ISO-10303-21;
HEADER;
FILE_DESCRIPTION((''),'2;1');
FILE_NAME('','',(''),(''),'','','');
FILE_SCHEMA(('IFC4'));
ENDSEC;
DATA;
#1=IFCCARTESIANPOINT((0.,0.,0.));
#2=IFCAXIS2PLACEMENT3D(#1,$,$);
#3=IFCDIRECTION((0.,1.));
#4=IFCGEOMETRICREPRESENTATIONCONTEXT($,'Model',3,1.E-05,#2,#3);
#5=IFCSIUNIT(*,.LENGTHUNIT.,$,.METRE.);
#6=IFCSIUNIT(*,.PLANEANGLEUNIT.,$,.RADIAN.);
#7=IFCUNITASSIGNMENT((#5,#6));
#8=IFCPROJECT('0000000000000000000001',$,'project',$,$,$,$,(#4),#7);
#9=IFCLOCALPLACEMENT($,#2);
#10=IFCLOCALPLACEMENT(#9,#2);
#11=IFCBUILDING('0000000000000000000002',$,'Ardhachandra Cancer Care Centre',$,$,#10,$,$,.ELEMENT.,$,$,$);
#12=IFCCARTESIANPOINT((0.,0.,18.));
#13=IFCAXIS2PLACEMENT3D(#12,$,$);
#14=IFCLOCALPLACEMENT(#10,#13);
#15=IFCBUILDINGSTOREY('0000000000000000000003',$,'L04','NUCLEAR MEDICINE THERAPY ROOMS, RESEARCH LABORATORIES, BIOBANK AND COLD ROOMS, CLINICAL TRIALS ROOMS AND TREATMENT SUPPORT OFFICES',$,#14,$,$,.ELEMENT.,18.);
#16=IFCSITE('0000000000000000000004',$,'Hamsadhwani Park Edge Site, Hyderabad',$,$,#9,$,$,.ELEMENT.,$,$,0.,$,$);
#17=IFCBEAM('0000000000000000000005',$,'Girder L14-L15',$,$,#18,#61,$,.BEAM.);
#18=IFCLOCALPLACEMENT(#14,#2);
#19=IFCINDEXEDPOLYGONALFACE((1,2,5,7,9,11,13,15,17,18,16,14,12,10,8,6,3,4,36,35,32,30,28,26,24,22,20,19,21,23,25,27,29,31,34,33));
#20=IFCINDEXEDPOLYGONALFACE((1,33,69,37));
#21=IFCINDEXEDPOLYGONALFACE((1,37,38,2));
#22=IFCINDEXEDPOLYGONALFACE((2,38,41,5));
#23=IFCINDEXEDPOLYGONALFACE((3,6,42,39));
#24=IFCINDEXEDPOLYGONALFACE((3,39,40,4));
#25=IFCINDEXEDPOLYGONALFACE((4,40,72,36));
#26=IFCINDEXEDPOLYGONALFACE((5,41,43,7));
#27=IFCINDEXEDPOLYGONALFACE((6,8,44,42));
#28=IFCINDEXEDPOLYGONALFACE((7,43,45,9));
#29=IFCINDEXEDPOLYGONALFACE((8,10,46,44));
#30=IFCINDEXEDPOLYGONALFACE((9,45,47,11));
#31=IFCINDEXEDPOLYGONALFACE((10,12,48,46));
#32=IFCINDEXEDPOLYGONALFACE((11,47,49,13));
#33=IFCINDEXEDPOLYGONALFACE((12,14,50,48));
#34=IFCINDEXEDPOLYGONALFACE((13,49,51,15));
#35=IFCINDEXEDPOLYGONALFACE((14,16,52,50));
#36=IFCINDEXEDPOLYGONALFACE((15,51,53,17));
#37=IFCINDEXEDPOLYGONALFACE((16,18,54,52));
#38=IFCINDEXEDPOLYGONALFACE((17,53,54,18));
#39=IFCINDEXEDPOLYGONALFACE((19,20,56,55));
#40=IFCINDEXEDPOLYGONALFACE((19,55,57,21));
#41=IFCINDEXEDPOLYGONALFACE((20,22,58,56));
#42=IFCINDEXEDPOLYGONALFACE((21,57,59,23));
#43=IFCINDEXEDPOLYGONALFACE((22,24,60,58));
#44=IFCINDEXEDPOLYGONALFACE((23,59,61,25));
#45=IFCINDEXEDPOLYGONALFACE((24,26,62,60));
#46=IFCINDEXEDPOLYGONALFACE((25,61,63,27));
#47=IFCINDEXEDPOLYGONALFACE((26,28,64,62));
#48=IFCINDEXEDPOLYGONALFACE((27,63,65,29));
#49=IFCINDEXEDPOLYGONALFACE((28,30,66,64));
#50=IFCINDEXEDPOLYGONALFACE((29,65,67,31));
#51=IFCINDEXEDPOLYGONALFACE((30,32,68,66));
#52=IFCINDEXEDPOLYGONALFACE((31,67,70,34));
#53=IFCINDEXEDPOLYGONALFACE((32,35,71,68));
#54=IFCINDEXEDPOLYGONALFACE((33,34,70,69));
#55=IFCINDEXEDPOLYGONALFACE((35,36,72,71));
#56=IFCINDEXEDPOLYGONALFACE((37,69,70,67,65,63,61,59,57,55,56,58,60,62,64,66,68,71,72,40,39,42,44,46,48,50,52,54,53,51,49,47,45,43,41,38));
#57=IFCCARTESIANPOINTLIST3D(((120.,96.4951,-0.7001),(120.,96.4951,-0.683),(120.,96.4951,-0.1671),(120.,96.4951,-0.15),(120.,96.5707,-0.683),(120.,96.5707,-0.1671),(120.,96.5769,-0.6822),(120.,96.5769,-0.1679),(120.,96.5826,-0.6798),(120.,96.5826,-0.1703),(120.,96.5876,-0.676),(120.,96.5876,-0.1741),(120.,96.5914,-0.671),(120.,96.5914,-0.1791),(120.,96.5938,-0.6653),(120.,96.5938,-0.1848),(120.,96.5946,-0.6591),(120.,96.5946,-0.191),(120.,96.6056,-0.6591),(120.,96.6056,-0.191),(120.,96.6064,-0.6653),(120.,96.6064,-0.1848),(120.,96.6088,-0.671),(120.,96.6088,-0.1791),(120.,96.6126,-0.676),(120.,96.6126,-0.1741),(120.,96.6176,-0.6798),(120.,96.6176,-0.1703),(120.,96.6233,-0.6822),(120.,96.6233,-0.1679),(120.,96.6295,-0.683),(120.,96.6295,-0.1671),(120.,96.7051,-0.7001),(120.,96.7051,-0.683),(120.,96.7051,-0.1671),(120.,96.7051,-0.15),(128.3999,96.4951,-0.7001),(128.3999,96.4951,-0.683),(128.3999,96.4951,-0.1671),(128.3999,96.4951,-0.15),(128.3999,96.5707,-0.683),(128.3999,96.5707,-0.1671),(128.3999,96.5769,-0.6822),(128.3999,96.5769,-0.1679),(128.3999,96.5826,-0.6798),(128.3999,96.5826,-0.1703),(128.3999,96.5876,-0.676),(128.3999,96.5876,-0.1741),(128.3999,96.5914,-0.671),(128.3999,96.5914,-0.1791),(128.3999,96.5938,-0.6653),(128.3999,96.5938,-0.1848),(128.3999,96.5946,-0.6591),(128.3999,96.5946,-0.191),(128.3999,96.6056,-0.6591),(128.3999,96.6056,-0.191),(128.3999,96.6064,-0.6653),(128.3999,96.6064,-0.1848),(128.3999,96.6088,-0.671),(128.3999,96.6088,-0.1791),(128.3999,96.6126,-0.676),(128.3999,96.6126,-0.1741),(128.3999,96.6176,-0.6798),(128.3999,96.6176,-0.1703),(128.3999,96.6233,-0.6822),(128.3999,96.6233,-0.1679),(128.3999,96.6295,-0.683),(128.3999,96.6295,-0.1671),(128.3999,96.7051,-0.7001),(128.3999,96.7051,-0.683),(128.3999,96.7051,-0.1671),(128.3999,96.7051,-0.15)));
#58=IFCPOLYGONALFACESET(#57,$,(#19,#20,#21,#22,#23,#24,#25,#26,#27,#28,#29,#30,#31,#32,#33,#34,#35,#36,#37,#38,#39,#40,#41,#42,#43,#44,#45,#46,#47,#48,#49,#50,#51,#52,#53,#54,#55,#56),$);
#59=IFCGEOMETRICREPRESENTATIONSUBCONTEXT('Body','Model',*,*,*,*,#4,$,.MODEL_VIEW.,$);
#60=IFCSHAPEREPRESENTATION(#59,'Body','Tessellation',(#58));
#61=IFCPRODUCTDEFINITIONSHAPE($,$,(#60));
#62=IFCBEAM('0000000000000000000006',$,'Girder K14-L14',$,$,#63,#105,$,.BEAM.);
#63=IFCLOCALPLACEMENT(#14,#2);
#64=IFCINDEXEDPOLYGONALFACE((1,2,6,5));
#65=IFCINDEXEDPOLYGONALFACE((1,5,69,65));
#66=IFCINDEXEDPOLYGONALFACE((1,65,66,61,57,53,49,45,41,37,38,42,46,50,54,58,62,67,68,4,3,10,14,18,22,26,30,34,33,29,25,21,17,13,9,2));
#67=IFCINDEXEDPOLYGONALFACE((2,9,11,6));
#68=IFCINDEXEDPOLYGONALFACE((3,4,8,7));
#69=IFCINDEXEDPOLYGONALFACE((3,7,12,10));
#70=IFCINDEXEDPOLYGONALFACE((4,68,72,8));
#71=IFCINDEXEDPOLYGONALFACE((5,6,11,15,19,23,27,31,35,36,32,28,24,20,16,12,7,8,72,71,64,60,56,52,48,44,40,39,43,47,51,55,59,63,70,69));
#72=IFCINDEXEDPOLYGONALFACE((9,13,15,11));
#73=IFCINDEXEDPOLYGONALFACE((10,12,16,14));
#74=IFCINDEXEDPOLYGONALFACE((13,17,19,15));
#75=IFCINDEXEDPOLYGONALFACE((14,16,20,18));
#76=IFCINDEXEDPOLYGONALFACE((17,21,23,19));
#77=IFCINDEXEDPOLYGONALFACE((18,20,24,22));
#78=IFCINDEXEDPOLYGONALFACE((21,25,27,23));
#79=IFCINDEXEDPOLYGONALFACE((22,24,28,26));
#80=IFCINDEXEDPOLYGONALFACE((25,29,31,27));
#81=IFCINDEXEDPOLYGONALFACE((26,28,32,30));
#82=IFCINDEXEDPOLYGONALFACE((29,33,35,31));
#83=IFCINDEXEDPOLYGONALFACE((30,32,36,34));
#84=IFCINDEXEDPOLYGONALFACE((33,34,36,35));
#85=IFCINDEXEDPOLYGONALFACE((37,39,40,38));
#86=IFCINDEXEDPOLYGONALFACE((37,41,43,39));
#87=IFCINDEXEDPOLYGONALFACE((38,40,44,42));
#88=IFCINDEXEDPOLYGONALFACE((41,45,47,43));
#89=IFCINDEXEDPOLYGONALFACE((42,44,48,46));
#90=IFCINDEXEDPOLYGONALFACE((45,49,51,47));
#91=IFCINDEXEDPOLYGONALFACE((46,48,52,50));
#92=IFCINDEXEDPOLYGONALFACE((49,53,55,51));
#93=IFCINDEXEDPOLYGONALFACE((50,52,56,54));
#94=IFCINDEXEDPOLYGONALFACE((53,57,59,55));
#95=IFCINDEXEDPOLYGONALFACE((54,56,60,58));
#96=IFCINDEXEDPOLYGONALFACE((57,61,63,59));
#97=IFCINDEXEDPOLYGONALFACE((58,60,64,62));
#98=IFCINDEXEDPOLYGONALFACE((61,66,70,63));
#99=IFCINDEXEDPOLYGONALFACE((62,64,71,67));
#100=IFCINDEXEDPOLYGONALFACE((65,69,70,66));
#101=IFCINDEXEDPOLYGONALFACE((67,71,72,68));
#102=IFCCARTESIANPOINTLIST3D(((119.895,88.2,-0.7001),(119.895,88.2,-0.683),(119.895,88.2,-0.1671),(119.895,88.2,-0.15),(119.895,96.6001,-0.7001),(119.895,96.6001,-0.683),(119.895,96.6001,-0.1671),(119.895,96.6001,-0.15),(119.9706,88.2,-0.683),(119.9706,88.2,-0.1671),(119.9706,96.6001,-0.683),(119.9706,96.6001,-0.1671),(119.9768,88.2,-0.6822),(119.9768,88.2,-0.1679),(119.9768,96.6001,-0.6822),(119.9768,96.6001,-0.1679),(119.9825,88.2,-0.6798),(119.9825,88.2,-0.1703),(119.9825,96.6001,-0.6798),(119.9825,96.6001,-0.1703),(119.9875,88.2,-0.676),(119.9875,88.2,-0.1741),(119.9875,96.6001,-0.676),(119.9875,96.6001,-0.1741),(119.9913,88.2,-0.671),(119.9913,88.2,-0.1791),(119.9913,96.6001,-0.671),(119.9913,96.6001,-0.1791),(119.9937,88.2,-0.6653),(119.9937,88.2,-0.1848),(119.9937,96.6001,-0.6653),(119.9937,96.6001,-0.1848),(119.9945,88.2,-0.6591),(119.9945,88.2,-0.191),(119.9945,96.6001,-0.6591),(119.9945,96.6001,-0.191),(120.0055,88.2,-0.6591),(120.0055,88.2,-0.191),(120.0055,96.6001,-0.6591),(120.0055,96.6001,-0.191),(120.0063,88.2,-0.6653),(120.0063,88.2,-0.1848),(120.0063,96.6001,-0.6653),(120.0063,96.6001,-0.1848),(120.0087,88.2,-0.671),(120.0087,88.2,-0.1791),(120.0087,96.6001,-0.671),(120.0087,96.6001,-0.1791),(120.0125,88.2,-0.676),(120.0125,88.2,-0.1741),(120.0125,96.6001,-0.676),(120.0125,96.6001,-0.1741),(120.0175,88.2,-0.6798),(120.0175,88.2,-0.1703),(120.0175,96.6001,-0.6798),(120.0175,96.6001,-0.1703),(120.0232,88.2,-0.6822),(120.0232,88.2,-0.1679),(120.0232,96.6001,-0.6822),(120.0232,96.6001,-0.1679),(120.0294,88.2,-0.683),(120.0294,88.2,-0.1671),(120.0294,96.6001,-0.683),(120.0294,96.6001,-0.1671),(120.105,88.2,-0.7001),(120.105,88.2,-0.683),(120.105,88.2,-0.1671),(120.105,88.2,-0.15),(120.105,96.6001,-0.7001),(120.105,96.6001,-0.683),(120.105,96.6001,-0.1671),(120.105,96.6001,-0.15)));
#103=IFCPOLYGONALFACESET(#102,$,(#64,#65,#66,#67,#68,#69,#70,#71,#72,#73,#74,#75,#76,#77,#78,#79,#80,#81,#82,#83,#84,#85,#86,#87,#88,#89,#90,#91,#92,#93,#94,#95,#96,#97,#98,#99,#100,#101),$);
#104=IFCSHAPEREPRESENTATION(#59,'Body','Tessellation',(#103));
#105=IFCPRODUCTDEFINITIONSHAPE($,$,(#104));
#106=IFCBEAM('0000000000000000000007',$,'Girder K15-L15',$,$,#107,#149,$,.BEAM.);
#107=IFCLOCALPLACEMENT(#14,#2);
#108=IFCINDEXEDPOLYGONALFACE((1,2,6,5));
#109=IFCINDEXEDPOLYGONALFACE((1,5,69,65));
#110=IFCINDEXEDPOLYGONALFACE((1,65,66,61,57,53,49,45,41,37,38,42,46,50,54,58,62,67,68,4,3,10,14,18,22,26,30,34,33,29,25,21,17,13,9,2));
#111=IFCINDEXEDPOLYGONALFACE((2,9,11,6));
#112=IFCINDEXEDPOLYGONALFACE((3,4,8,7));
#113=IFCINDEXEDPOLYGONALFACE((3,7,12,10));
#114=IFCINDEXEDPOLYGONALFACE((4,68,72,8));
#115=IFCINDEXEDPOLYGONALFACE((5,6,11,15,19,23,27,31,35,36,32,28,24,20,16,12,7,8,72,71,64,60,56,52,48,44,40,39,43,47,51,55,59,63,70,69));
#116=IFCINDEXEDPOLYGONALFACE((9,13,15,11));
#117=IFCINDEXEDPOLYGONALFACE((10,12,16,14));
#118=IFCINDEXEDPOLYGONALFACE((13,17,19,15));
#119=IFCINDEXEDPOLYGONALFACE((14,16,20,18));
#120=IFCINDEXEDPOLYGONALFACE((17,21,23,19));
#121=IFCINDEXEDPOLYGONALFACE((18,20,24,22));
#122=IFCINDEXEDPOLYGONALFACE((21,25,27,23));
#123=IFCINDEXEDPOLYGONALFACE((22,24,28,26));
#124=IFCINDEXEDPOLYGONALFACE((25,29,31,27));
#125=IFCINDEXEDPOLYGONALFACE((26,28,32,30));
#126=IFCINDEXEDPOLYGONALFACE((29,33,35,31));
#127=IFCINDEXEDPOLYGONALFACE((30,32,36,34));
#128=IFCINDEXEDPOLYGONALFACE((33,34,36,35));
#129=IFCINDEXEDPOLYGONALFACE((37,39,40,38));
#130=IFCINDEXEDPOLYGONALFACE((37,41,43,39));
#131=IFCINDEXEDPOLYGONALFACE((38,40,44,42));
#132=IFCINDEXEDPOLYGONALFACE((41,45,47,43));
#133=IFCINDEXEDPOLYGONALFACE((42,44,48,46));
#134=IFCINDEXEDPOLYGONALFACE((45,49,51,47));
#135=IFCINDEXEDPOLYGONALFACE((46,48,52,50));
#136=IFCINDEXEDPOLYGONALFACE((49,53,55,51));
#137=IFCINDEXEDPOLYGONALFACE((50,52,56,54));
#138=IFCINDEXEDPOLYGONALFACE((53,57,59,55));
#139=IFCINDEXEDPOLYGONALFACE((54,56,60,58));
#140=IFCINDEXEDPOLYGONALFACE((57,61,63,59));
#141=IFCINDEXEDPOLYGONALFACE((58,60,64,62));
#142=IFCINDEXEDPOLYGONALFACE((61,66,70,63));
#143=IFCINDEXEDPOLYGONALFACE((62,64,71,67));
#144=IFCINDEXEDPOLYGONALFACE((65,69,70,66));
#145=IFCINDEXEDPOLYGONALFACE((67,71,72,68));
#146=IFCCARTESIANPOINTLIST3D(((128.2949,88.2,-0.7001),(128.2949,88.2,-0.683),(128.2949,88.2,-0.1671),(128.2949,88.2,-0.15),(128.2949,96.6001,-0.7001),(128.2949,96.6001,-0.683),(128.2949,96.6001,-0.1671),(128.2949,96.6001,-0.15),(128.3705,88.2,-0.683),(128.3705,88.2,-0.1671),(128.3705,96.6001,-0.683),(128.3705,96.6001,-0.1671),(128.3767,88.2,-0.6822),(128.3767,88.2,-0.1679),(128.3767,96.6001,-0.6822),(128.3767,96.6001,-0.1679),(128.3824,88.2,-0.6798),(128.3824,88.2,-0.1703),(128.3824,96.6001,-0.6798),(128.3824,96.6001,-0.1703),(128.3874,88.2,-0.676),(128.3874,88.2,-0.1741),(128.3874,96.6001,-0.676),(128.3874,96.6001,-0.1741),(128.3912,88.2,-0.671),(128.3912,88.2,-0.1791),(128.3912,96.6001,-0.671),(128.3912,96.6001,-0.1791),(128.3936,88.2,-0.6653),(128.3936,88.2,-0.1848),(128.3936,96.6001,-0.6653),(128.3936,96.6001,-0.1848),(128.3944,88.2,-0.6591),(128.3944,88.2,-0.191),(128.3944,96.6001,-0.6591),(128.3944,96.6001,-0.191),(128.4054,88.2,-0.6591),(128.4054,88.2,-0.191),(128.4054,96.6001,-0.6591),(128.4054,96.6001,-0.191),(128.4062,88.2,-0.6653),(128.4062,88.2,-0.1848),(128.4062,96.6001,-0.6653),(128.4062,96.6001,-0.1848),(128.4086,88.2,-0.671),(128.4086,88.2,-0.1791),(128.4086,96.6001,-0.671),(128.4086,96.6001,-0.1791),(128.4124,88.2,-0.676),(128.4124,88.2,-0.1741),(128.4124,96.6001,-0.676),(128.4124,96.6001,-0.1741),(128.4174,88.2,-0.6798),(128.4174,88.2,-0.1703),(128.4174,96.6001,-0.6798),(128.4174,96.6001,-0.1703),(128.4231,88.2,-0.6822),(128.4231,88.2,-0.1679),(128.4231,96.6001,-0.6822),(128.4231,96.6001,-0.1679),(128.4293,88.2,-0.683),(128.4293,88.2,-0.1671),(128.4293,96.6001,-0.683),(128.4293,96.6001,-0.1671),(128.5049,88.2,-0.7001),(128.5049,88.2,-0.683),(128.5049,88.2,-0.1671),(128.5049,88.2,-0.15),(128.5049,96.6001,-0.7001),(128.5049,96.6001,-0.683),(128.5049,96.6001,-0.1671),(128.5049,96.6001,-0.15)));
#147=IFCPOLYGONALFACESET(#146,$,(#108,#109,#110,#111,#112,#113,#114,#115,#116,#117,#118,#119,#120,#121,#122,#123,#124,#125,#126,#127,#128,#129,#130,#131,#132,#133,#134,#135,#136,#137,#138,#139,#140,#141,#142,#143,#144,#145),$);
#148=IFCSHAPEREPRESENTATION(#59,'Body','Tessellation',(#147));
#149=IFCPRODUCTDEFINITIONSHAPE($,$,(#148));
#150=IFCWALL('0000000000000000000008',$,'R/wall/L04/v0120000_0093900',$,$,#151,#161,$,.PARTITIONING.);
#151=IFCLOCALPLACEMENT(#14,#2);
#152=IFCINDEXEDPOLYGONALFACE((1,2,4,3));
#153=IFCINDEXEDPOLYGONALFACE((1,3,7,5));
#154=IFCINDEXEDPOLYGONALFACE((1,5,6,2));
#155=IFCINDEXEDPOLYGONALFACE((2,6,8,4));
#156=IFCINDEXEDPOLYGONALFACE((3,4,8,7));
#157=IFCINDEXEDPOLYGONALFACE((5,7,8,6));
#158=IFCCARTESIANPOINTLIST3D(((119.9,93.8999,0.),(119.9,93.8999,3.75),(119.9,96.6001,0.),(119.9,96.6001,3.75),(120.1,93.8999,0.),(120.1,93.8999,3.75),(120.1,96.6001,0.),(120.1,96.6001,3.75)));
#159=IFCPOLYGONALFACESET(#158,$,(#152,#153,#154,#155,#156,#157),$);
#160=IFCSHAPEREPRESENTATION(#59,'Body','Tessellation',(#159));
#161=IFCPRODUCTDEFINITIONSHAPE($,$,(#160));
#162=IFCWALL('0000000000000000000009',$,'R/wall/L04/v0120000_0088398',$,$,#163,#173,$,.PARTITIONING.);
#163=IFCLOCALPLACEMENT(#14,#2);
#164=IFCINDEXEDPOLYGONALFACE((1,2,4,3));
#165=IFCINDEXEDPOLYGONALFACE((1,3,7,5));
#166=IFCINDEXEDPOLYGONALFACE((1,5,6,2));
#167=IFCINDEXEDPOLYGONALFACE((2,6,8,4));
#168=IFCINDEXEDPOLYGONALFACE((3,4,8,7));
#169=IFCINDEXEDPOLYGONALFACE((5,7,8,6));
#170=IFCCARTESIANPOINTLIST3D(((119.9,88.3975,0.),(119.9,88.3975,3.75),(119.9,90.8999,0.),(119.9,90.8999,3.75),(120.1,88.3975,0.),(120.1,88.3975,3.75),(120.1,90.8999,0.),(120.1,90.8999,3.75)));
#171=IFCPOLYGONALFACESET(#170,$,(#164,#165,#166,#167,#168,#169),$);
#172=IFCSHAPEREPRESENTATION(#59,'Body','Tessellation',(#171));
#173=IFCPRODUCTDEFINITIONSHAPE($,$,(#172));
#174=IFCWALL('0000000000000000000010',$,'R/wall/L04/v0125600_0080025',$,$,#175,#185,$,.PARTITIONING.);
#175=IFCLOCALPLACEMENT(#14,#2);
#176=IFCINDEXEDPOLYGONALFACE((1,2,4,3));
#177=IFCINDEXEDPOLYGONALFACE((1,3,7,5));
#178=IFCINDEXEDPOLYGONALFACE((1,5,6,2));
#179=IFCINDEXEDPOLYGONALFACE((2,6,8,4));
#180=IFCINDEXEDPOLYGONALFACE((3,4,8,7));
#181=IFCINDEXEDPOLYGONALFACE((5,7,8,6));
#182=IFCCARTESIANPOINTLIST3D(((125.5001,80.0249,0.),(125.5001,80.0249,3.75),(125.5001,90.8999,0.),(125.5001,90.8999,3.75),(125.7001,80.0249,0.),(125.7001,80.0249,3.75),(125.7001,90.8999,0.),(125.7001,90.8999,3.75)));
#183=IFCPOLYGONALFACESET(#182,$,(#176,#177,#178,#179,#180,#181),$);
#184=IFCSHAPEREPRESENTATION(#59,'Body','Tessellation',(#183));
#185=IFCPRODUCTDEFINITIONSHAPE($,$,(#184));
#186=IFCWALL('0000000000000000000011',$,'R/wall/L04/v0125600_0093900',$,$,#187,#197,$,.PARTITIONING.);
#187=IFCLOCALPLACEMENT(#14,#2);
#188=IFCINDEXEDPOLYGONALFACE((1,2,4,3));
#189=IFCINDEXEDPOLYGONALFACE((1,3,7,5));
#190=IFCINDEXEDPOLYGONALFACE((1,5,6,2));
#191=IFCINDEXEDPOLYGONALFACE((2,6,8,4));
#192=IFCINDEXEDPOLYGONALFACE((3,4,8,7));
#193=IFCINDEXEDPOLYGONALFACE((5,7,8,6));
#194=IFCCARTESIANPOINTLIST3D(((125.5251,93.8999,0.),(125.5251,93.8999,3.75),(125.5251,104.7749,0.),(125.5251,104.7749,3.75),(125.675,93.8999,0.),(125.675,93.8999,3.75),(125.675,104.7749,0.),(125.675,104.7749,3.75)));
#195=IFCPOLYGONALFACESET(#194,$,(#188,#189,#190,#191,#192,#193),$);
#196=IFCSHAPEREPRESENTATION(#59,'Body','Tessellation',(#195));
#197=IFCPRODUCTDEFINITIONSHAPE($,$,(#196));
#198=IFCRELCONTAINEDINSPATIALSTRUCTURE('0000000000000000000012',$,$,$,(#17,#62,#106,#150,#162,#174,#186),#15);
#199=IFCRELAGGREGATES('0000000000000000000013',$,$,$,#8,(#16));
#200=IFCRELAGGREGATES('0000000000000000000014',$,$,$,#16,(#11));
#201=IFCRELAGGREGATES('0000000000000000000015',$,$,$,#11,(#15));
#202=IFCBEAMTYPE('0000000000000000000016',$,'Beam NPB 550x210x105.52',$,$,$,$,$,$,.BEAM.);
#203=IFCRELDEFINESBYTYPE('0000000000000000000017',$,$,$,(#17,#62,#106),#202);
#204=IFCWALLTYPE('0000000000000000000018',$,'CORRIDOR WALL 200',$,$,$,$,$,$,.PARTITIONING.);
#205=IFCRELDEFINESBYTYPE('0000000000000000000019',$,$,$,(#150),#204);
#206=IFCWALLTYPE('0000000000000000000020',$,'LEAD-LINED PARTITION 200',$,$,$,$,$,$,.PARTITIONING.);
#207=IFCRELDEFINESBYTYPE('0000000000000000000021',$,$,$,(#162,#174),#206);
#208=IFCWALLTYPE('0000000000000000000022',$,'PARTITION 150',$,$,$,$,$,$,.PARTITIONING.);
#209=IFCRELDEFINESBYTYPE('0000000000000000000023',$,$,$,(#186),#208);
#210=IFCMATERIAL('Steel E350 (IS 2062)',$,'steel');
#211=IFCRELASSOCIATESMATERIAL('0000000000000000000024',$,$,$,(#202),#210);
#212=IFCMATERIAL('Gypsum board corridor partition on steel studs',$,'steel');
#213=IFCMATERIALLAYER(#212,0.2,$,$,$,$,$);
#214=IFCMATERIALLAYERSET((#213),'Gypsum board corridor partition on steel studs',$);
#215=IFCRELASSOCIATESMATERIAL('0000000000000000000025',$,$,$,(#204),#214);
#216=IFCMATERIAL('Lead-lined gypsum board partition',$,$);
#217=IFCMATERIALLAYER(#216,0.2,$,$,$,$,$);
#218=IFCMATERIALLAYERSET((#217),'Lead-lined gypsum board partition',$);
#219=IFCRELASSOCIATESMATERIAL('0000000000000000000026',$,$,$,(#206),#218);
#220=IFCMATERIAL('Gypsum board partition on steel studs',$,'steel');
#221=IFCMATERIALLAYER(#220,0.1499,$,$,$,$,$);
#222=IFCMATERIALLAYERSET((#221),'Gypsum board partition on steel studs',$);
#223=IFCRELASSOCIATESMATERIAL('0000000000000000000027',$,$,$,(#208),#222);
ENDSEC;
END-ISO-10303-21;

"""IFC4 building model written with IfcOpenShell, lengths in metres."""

from ifc_helpers import new_model, si_unit, direction, frame, frame_2d, origin, origin_2d, place, context, subcontext, project, spatial, rectangle, i_section, extrude, material, layer, layer_set, material_profile, profile_set, type_object, element, save


model = new_model("IFC4")

# Units and contexts
model_context = context("Model", 3, precision=1e-05, world=origin(), true_north=direction((0.0, 1.0)))
body_context = subcontext(model_context, "Body", "Model", "MODEL_VIEW")
ifc_project = project(units=[si_unit("LENGTHUNIT", "METRE"), si_unit("PLANEANGLEUNIT", "RADIAN")], contexts=[model_context])

# Site, building, storey
site_placement = place(None, origin())
site = spatial("IfcSite", under=ifc_project, at=site_placement, Name="Hamsadhwani Park Edge Site, Hyderabad", CompositionType="ELEMENT", RefElevation=0.0)
building_placement = place(site_placement, origin())
building = spatial("IfcBuilding", under=site, at=building_placement, Name="Ardhachandra Cancer Care Centre", CompositionType="ELEMENT")
storey_placement = place(building_placement, frame((0.0, 0.0, 18.0)))
storey = spatial("IfcBuildingStorey", under=building, at=storey_placement, Name="L04", Description="NUCLEAR MEDICINE THERAPY ROOMS, RESEARCH LABORATORIES, BIOBANK AND COLD ROOMS, CLINICAL TRIALS ROOMS AND TREATMENT SUPPORT OFFICES", CompositionType="ELEMENT", Elevation=18.0)

# Beams
ifc_material_1 = material(Name="Steel E350 (IS 2062)", Category="steel")
ifc_material_profile_1 = material_profile(ifc_material_1, i_section(OverallWidth=0.21, OverallDepth=0.55, WebThickness=0.011, FlangeThickness=0.0171, FilletRadius=0.0239, at=origin_2d()), Name="NPB 550x210x105.52")
ifc_profile_set_1 = profile_set([ifc_material_profile_1], Name="Steel E350 (IS 2062)")
beam_type_1 = type_object("IfcBeamType", Name="Beam NPB 550x210x105.52", PredefinedType="BEAM", material=ifc_profile_set_1)
beam_1_placement = place(storey_placement, frame((120.0, 96.6001, -0.425), z_axis=(1.0, 0.0, 0.0), x_axis=(0.0, 1.0, 0.0)))
element("IfcBeam", 1, at=beam_1_placement, inside=storey, type_object=beam_type_1, Name="Girder L14-L15", PredefinedType="BEAM", context=body_context, shape_type="SweptSolid", body=[
    extrude(i_section(OverallWidth=0.21, OverallDepth=0.55, WebThickness=0.011, FlangeThickness=0.0171, FilletRadius=0.0239, at=origin_2d()), origin(), (0.0, 0.0, 1.0), 8.3999),
])
for number, where, z_axis, x_axis, name in (
    (2, (120.0, 88.2, -0.425), (0.0, 1.0, 0.0), (-1.0, 0.0, 0.0), "Girder K14-L14"),
    (3, (128.3999, 88.2, -0.425), (0.0, 1.0, 0.0), (-1.0, 0.0, 0.0), "Girder K15-L15"),
):
    element("IfcBeam", number, at=place(storey_placement, frame(where, z_axis=z_axis, x_axis=x_axis)), inside=storey, type_object=beam_type_1, Name=name, PredefinedType="BEAM", context=body_context, shape_type="SweptSolid", body=[
        extrude(i_section(OverallWidth=0.21, OverallDepth=0.55, WebThickness=0.011, FlangeThickness=0.0171, FilletRadius=0.0239, at=origin_2d()), origin(), (0.0, 0.0, 1.0), 8.4001),
    ])

# Walls
ifc_material_2 = material(Name="Gypsum board corridor partition on steel studs", Category="steel")
ifc_layer_1 = layer(ifc_material_2, 0.2)
ifc_layer_set_1 = layer_set([ifc_layer_1], Name="Gypsum board corridor partition on steel studs")
wall_type_1 = type_object("IfcWallType", Name="CORRIDOR WALL 200", PredefinedType="PARTITIONING", material=ifc_layer_set_1)
wall_1_placement = place(storey_placement, frame((120.0, 93.8999, 0.0), z_axis=(0.0, 0.0, 1.0), x_axis=(0.0, 1.0, 0.0)))
element("IfcWall", 4, at=wall_1_placement, inside=storey, type_object=wall_type_1, Name="R/wall/L04/v0120000_0093900", PredefinedType="PARTITIONING", context=body_context, shape_type="SweptSolid", body=[
    extrude(rectangle(XDim=2.7002, YDim=0.2, at=frame_2d((1.3501, 0.0))), origin(), (0.0, 0.0, 1.0), 3.75),
])
ifc_material_3 = material(Name="Lead-lined gypsum board partition")
ifc_layer_2 = layer(ifc_material_3, 0.2)
ifc_layer_set_2 = layer_set([ifc_layer_2], Name="Lead-lined gypsum board partition")
wall_type_2 = type_object("IfcWallType", Name="LEAD-LINED PARTITION 200", PredefinedType="PARTITIONING", material=ifc_layer_set_2)
wall_2_placement = place(storey_placement, frame((120.0, 88.3975, 0.0), z_axis=(0.0, 0.0, 1.0), x_axis=(0.0, 1.0, 0.0)))
element("IfcWall", 5, at=wall_2_placement, inside=storey, type_object=wall_type_2, Name="R/wall/L04/v0120000_0088398", PredefinedType="PARTITIONING", context=body_context, shape_type="SweptSolid", body=[
    extrude(rectangle(XDim=2.5024, YDim=0.2, at=frame_2d((1.2512, 0.0))), origin(), (0.0, 0.0, 1.0), 3.75),
])
wall_3_placement = place(storey_placement, frame((125.6001, 80.0249, 0.0), z_axis=(0.0, 0.0, 1.0), x_axis=(0.0, 1.0, 0.0)))
element("IfcWall", 6, at=wall_3_placement, inside=storey, type_object=wall_type_2, Name="R/wall/L04/v0125600_0080025", PredefinedType="PARTITIONING", context=body_context, shape_type="SweptSolid", body=[
    extrude(rectangle(XDim=10.875, YDim=0.2, at=frame_2d((5.4375, 0.0))), origin(), (0.0, 0.0, 1.0), 3.75),
])
ifc_material_4 = material(Name="Gypsum board partition on steel studs", Category="steel")
ifc_layer_3 = layer(ifc_material_4, 0.1499)
ifc_layer_set_3 = layer_set([ifc_layer_3], Name="Gypsum board partition on steel studs")
wall_type_3 = type_object("IfcWallType", Name="PARTITION 150", PredefinedType="PARTITIONING", material=ifc_layer_set_3)
wall_4_placement = place(storey_placement, frame((125.6001, 93.8999, 0.0), z_axis=(0.0, 0.0, 1.0), x_axis=(0.0, 1.0, 0.0)))
element("IfcWall", 7, at=wall_4_placement, inside=storey, type_object=wall_type_3, Name="R/wall/L04/v0125600_0093900", PredefinedType="PARTITIONING", context=body_context, shape_type="SweptSolid", body=[
    extrude(rectangle(XDim=10.875, YDim=0.1499, at=frame_2d((5.4375, 0.0))), origin(), (0.0, 0.0, 1.0), 3.75),
])

save(model, "model.ifc")
